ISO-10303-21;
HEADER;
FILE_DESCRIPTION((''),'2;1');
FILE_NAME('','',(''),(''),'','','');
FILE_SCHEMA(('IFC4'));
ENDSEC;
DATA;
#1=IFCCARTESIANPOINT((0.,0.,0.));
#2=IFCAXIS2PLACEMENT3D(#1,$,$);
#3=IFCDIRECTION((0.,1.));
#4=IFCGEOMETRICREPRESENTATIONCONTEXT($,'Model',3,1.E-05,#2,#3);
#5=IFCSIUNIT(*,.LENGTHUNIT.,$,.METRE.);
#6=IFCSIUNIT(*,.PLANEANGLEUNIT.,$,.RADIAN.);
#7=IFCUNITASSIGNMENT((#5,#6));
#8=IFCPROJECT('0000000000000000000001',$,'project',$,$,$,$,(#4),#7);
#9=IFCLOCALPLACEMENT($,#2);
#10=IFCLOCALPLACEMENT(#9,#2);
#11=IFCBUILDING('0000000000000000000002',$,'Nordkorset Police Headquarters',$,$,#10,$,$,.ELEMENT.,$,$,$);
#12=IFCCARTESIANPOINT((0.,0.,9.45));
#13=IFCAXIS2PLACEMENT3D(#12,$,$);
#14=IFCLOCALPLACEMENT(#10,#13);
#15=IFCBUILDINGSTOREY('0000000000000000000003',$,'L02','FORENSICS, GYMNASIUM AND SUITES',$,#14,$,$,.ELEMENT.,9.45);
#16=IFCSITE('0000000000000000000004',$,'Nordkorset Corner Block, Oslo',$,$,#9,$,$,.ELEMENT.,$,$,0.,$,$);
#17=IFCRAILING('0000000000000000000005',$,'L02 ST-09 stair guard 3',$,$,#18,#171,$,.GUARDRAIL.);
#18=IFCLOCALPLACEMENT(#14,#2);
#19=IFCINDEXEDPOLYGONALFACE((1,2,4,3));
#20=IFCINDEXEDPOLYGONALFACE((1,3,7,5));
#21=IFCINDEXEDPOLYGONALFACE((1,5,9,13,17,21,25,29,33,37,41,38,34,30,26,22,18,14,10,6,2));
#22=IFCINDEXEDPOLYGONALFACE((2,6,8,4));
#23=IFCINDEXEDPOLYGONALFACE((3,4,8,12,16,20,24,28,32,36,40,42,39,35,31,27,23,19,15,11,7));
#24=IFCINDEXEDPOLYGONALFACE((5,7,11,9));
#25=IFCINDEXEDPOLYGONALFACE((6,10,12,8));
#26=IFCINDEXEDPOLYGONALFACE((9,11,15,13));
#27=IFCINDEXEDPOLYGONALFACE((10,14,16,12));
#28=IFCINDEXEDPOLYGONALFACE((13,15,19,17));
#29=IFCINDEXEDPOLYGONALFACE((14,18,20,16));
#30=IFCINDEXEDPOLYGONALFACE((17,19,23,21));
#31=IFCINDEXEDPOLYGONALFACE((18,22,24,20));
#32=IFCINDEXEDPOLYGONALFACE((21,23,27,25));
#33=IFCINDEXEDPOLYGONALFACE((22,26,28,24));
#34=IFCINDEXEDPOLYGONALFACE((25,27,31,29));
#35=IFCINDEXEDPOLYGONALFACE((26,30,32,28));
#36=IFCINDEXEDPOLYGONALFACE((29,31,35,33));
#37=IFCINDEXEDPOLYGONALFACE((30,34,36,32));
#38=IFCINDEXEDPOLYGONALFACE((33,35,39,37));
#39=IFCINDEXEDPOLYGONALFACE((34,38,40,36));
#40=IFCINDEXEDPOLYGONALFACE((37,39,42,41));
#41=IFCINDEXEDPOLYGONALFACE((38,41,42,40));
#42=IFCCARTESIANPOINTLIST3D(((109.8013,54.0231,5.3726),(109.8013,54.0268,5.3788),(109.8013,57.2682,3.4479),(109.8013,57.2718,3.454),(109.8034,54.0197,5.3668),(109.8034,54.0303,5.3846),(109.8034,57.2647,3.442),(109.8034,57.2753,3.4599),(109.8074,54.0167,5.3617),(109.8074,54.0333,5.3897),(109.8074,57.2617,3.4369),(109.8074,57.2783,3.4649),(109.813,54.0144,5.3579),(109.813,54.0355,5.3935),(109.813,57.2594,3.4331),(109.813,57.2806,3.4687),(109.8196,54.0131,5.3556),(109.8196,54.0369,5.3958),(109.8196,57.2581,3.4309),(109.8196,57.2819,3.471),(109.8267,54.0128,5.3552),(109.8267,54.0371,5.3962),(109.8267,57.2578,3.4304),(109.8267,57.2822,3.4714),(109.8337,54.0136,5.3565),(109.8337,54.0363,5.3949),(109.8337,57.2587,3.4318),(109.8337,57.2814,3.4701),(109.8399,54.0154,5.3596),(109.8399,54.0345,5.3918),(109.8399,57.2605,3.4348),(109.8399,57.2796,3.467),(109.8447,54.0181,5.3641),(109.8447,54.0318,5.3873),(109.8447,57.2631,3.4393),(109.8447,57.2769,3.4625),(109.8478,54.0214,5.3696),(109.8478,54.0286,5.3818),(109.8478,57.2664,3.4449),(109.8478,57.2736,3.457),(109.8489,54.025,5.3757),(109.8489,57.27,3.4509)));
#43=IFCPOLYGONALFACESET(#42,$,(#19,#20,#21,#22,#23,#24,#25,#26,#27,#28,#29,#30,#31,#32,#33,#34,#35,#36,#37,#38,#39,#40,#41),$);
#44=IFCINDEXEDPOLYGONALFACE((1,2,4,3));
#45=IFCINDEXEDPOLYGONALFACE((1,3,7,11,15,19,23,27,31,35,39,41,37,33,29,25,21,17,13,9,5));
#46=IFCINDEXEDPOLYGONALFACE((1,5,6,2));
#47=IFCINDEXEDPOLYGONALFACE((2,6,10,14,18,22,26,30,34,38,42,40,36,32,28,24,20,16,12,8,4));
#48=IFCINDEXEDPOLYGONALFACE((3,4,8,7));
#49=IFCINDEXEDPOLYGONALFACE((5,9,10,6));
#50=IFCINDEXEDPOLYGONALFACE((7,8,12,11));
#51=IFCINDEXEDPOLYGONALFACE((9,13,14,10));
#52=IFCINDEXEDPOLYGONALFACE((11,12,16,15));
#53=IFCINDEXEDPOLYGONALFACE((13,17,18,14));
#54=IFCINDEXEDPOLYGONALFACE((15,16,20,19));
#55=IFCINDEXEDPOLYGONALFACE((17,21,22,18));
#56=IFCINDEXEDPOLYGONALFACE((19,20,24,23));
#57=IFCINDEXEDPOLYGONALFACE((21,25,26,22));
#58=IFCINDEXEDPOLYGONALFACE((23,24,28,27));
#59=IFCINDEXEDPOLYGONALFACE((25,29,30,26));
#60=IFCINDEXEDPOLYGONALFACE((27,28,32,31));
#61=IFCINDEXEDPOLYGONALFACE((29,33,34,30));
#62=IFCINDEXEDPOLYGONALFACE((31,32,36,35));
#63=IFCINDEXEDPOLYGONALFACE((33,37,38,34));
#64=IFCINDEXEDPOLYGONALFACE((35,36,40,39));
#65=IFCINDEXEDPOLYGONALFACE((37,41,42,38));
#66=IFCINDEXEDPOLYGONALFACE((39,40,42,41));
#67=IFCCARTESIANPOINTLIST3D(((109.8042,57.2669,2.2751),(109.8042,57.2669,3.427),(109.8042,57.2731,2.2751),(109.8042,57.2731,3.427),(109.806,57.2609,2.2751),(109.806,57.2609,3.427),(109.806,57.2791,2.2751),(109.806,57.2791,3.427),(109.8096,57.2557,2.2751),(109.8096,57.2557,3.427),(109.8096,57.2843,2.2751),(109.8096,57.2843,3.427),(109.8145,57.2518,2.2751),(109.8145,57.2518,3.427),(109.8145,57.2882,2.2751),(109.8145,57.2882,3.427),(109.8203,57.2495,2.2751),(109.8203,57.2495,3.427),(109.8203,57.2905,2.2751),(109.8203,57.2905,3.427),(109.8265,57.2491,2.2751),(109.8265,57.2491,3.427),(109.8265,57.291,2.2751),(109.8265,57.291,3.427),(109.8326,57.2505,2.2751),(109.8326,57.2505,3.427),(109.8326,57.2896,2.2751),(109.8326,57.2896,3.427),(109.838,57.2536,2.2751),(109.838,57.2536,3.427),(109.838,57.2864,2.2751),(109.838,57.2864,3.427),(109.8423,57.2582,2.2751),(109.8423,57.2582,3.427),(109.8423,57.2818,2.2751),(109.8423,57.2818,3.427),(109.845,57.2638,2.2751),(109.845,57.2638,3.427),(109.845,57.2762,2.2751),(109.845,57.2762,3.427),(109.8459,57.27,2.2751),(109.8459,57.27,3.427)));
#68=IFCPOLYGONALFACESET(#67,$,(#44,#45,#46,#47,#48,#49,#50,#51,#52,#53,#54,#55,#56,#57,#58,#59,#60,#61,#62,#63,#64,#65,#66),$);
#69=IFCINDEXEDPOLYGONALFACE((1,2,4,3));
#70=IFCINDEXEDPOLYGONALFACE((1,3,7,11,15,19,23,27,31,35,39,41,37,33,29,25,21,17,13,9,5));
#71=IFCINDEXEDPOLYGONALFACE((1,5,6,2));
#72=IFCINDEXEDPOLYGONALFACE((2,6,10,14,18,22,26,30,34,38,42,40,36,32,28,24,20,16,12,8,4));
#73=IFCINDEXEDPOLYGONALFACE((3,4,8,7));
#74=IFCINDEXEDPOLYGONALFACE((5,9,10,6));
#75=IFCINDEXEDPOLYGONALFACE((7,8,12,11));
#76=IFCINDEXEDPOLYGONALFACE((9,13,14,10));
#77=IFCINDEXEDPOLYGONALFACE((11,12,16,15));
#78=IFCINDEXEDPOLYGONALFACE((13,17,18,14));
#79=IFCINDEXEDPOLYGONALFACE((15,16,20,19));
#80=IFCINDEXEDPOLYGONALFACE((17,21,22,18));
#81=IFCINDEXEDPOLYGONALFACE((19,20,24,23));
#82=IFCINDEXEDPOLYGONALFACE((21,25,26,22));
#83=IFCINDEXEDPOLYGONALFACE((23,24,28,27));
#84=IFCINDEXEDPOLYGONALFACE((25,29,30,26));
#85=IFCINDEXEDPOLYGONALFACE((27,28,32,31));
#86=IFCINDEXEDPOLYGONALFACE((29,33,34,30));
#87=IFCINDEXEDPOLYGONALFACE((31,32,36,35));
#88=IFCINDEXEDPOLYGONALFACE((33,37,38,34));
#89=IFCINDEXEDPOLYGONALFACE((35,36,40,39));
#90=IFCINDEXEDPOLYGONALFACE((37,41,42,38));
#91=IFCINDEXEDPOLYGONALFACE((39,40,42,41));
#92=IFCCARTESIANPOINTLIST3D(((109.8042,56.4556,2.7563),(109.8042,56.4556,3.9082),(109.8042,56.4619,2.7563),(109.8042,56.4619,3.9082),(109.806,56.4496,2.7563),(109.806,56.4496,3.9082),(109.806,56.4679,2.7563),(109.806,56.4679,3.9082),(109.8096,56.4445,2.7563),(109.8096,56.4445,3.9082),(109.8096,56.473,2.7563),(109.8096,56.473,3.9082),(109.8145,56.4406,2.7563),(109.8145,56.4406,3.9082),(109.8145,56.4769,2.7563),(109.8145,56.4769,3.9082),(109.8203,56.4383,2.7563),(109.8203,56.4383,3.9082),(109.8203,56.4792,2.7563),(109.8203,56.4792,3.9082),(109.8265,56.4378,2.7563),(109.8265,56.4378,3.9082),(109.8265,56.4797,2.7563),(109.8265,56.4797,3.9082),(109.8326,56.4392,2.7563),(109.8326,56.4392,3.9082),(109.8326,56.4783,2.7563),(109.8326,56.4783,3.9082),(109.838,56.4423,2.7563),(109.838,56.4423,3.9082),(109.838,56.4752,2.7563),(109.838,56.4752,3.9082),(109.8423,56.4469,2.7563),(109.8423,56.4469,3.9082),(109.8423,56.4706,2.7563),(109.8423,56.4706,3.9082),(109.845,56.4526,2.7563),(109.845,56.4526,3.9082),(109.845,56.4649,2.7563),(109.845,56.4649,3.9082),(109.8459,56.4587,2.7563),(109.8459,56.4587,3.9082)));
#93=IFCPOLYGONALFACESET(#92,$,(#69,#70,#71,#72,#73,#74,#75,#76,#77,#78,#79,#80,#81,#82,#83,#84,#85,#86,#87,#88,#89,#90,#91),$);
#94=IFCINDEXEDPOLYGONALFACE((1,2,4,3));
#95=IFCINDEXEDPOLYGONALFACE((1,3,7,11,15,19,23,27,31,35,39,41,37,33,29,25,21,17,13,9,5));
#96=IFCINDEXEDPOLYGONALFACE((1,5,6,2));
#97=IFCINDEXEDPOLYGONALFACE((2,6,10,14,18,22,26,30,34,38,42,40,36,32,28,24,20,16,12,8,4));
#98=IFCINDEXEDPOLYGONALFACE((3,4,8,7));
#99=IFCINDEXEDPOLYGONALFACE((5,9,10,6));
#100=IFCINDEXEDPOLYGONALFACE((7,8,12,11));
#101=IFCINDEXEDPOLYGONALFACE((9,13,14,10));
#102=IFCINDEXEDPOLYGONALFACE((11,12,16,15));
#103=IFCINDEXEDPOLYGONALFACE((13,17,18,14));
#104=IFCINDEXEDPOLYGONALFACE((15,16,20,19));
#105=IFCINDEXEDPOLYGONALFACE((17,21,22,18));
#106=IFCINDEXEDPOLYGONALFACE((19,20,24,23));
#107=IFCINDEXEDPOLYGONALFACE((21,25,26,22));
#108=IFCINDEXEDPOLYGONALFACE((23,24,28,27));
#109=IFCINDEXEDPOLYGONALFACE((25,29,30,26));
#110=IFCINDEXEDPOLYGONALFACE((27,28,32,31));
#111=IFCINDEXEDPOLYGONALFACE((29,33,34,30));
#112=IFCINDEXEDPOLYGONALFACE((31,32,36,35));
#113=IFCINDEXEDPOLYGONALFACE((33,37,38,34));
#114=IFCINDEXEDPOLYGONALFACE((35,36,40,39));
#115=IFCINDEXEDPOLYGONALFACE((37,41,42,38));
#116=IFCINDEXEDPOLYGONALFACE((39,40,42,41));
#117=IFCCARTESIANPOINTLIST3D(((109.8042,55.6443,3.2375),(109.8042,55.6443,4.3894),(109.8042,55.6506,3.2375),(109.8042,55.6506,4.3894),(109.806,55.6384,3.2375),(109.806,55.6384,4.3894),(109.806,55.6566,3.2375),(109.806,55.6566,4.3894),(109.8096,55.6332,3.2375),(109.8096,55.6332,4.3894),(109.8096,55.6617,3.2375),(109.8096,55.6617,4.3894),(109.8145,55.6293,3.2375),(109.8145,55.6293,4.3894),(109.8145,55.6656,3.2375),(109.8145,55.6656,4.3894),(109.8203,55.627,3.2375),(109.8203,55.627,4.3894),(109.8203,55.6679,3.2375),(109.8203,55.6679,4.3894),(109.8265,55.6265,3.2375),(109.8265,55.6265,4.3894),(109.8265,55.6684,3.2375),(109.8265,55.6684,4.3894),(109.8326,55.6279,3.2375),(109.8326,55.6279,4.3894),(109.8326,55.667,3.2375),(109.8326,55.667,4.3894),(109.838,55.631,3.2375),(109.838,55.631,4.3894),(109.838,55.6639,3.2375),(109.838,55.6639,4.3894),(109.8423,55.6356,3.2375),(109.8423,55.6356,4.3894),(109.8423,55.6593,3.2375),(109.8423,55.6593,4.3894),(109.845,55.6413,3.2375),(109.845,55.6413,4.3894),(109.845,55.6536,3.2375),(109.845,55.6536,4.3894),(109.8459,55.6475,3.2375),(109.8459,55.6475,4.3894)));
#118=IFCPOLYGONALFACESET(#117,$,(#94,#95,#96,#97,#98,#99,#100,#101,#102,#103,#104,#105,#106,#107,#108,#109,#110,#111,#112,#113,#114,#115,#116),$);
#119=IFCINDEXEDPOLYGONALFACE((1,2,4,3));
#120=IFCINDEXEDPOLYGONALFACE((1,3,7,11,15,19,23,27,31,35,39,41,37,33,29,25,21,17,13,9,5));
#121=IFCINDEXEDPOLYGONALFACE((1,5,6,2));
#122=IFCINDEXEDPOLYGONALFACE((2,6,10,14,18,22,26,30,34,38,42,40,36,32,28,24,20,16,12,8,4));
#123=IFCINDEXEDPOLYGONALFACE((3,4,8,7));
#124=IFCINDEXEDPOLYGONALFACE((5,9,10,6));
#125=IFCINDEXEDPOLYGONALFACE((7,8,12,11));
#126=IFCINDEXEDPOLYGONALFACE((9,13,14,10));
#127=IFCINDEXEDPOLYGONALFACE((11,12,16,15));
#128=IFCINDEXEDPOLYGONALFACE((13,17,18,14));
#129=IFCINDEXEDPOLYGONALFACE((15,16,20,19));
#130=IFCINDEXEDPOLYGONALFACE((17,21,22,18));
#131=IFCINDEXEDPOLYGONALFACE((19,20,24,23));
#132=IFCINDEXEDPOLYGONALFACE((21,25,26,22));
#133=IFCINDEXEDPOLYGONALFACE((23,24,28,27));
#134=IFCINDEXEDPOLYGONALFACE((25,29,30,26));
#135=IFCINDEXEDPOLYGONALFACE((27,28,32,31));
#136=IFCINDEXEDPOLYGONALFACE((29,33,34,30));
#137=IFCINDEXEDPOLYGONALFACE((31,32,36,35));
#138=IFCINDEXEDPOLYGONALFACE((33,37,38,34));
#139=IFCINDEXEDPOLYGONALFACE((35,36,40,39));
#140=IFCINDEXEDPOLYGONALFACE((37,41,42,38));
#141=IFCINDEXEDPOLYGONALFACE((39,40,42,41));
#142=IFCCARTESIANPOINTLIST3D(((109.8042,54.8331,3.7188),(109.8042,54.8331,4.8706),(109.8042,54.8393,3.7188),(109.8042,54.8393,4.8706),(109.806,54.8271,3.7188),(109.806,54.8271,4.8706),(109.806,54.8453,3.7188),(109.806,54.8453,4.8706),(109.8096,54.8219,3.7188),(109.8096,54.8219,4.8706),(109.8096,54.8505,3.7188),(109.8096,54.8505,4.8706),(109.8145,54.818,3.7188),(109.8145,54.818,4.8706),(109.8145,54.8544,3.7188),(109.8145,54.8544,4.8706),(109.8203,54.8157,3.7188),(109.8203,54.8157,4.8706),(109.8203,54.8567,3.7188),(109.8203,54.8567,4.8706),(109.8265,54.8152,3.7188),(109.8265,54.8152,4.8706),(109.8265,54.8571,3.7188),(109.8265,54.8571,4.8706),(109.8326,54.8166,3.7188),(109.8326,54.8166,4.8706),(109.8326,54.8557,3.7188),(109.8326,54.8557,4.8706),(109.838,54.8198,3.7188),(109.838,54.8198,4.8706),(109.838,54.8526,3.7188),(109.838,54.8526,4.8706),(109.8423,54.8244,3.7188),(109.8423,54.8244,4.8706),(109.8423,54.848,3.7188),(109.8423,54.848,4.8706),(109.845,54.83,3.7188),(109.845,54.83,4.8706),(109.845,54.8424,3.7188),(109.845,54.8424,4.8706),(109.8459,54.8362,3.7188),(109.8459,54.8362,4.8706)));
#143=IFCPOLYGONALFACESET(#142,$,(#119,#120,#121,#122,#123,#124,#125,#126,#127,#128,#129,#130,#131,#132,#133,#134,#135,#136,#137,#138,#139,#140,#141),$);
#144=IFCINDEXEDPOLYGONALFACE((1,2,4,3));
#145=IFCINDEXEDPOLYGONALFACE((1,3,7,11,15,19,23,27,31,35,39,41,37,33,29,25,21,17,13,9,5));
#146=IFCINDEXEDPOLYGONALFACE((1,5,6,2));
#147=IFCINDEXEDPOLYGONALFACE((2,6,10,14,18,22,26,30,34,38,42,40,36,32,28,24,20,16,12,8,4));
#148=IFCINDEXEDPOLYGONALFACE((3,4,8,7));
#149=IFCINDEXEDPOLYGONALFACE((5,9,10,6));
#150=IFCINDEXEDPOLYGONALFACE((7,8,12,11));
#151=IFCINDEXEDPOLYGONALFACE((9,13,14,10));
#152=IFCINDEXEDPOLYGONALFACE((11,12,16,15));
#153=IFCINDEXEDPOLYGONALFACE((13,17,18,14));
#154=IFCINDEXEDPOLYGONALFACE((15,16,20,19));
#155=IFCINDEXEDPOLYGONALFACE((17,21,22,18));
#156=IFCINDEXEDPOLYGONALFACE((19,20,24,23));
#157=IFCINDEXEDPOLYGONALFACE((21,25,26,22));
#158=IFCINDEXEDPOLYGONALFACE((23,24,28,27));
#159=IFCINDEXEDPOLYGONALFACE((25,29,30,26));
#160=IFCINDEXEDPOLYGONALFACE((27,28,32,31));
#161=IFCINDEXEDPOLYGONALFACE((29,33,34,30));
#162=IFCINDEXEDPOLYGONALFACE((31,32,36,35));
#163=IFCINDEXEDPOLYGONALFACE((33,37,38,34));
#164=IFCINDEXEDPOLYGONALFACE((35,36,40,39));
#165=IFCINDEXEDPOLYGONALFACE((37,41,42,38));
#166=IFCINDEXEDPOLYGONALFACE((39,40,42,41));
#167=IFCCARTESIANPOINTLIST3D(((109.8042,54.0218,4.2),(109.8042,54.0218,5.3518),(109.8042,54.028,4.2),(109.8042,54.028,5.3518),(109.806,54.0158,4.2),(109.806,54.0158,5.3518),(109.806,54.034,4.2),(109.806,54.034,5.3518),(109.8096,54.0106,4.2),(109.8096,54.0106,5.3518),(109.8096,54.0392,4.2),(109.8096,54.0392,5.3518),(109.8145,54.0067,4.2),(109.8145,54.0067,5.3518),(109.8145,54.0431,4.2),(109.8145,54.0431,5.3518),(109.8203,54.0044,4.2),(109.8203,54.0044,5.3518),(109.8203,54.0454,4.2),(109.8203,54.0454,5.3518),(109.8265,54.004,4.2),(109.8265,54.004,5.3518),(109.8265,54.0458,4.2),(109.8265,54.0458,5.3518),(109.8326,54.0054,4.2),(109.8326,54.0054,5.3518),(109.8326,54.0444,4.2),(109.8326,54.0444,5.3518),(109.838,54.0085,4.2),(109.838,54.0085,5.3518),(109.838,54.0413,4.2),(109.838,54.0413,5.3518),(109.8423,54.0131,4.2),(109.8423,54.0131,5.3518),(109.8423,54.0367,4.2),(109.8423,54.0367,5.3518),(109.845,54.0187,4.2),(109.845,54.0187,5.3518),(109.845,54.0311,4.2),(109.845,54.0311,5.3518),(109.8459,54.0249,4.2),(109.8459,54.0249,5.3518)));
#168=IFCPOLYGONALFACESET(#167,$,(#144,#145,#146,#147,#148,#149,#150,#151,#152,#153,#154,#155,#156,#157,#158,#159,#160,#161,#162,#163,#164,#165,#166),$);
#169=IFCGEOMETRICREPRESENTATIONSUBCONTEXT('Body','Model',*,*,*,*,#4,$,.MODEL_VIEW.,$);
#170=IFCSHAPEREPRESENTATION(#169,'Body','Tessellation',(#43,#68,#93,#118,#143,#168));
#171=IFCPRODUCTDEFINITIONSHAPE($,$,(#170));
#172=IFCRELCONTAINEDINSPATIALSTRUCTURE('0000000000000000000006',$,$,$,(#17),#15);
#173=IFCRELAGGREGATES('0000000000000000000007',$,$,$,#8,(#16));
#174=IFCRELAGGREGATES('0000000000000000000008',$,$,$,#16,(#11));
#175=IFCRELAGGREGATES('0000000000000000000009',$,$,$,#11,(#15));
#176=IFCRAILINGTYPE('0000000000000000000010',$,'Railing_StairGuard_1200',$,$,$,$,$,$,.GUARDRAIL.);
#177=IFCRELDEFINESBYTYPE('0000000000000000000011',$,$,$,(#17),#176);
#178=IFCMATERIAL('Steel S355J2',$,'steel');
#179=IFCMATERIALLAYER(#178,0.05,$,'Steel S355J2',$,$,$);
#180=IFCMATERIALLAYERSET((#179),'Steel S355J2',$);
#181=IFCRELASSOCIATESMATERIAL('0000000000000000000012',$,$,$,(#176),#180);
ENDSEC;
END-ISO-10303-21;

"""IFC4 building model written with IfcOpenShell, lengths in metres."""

from ifc_helpers import new_model, si_unit, direction, frame, origin, origin_2d, place, context, subcontext, project, spatial, circle, extrude, material, layer, layer_set, type_object, element, save


model = new_model("IFC4")

# Units and contexts
model_context = context("Model", 3, precision=1e-05, world=origin(), true_north=direction((0.0, 1.0)))
body_context = subcontext(model_context, "Body", "Model", "MODEL_VIEW")
ifc_project = project(units=[si_unit("LENGTHUNIT", "METRE"), si_unit("PLANEANGLEUNIT", "RADIAN")], contexts=[model_context])

# Site, building, storey
site_placement = place(None, origin())
site = spatial("IfcSite", under=ifc_project, at=site_placement, Name="Nordkorset Corner Block, Oslo", CompositionType="ELEMENT", RefElevation=0.0)
building_placement = place(site_placement, origin())
building = spatial("IfcBuilding", under=site, at=building_placement, Name="Nordkorset Police Headquarters", CompositionType="ELEMENT")
storey_placement = place(building_placement, frame((0.0, 0.0, 9.45)))
storey = spatial("IfcBuildingStorey", under=building, at=storey_placement, Name="L02", Description="FORENSICS, GYMNASIUM AND SUITES", CompositionType="ELEMENT", Elevation=9.45)

# Railing
ifc_material_1 = material(Name="Steel S355J2", Category="steel")
ifc_layer_1 = layer(ifc_material_1, 0.05, Name="Steel S355J2")
ifc_layer_set_1 = layer_set([ifc_layer_1], Name="Steel S355J2")
railing_type_1 = type_object("IfcRailingType", Name="Railing_StairGuard_1200", PredefinedType="GUARDRAIL", material=ifc_layer_set_1)
railing_1_placement = place(storey_placement, frame((109.825, 57.27, 2.2751)))
element("IfcRailing", 1, at=railing_1_placement, inside=storey, type_object=railing_type_1, Name="L02 ST-09 stair guard 3", PredefinedType="GUARDRAIL", context=body_context, shape_type="SweptSolid", body=[
    extrude(circle(Radius=0.0239, at=origin_2d()), frame((0.0, 0.0, 1.1758), z_axis=(0.0, -0.860085, 0.51015), x_axis=(1.0, 0.0, 0.0)), (0.0, 0.0, 1.0), 3.7729),
    extrude(circle(Radius=0.021, at=origin_2d()), origin(), (0.0, 0.0, 1.0), 1.1519),
    extrude(circle(Radius=0.021, at=origin_2d()), frame((0.0, -0.8113, 0.4812)), (0.0, 0.0, 1.0), 1.1519),
    extrude(circle(Radius=0.021, at=origin_2d()), frame((0.0, -1.6226, 0.9624)), (0.0, 0.0, 1.0), 1.1519),
    extrude(circle(Radius=0.021, at=origin_2d()), frame((0.0, -2.4338, 1.4436)), (0.0, 0.0, 1.0), 1.1519),
    extrude(circle(Radius=0.021, at=origin_2d()), frame((0.0, -3.2451, 1.9248)), (0.0, 0.0, 1.0), 1.1519),
])

save(model, "model.ifc")
